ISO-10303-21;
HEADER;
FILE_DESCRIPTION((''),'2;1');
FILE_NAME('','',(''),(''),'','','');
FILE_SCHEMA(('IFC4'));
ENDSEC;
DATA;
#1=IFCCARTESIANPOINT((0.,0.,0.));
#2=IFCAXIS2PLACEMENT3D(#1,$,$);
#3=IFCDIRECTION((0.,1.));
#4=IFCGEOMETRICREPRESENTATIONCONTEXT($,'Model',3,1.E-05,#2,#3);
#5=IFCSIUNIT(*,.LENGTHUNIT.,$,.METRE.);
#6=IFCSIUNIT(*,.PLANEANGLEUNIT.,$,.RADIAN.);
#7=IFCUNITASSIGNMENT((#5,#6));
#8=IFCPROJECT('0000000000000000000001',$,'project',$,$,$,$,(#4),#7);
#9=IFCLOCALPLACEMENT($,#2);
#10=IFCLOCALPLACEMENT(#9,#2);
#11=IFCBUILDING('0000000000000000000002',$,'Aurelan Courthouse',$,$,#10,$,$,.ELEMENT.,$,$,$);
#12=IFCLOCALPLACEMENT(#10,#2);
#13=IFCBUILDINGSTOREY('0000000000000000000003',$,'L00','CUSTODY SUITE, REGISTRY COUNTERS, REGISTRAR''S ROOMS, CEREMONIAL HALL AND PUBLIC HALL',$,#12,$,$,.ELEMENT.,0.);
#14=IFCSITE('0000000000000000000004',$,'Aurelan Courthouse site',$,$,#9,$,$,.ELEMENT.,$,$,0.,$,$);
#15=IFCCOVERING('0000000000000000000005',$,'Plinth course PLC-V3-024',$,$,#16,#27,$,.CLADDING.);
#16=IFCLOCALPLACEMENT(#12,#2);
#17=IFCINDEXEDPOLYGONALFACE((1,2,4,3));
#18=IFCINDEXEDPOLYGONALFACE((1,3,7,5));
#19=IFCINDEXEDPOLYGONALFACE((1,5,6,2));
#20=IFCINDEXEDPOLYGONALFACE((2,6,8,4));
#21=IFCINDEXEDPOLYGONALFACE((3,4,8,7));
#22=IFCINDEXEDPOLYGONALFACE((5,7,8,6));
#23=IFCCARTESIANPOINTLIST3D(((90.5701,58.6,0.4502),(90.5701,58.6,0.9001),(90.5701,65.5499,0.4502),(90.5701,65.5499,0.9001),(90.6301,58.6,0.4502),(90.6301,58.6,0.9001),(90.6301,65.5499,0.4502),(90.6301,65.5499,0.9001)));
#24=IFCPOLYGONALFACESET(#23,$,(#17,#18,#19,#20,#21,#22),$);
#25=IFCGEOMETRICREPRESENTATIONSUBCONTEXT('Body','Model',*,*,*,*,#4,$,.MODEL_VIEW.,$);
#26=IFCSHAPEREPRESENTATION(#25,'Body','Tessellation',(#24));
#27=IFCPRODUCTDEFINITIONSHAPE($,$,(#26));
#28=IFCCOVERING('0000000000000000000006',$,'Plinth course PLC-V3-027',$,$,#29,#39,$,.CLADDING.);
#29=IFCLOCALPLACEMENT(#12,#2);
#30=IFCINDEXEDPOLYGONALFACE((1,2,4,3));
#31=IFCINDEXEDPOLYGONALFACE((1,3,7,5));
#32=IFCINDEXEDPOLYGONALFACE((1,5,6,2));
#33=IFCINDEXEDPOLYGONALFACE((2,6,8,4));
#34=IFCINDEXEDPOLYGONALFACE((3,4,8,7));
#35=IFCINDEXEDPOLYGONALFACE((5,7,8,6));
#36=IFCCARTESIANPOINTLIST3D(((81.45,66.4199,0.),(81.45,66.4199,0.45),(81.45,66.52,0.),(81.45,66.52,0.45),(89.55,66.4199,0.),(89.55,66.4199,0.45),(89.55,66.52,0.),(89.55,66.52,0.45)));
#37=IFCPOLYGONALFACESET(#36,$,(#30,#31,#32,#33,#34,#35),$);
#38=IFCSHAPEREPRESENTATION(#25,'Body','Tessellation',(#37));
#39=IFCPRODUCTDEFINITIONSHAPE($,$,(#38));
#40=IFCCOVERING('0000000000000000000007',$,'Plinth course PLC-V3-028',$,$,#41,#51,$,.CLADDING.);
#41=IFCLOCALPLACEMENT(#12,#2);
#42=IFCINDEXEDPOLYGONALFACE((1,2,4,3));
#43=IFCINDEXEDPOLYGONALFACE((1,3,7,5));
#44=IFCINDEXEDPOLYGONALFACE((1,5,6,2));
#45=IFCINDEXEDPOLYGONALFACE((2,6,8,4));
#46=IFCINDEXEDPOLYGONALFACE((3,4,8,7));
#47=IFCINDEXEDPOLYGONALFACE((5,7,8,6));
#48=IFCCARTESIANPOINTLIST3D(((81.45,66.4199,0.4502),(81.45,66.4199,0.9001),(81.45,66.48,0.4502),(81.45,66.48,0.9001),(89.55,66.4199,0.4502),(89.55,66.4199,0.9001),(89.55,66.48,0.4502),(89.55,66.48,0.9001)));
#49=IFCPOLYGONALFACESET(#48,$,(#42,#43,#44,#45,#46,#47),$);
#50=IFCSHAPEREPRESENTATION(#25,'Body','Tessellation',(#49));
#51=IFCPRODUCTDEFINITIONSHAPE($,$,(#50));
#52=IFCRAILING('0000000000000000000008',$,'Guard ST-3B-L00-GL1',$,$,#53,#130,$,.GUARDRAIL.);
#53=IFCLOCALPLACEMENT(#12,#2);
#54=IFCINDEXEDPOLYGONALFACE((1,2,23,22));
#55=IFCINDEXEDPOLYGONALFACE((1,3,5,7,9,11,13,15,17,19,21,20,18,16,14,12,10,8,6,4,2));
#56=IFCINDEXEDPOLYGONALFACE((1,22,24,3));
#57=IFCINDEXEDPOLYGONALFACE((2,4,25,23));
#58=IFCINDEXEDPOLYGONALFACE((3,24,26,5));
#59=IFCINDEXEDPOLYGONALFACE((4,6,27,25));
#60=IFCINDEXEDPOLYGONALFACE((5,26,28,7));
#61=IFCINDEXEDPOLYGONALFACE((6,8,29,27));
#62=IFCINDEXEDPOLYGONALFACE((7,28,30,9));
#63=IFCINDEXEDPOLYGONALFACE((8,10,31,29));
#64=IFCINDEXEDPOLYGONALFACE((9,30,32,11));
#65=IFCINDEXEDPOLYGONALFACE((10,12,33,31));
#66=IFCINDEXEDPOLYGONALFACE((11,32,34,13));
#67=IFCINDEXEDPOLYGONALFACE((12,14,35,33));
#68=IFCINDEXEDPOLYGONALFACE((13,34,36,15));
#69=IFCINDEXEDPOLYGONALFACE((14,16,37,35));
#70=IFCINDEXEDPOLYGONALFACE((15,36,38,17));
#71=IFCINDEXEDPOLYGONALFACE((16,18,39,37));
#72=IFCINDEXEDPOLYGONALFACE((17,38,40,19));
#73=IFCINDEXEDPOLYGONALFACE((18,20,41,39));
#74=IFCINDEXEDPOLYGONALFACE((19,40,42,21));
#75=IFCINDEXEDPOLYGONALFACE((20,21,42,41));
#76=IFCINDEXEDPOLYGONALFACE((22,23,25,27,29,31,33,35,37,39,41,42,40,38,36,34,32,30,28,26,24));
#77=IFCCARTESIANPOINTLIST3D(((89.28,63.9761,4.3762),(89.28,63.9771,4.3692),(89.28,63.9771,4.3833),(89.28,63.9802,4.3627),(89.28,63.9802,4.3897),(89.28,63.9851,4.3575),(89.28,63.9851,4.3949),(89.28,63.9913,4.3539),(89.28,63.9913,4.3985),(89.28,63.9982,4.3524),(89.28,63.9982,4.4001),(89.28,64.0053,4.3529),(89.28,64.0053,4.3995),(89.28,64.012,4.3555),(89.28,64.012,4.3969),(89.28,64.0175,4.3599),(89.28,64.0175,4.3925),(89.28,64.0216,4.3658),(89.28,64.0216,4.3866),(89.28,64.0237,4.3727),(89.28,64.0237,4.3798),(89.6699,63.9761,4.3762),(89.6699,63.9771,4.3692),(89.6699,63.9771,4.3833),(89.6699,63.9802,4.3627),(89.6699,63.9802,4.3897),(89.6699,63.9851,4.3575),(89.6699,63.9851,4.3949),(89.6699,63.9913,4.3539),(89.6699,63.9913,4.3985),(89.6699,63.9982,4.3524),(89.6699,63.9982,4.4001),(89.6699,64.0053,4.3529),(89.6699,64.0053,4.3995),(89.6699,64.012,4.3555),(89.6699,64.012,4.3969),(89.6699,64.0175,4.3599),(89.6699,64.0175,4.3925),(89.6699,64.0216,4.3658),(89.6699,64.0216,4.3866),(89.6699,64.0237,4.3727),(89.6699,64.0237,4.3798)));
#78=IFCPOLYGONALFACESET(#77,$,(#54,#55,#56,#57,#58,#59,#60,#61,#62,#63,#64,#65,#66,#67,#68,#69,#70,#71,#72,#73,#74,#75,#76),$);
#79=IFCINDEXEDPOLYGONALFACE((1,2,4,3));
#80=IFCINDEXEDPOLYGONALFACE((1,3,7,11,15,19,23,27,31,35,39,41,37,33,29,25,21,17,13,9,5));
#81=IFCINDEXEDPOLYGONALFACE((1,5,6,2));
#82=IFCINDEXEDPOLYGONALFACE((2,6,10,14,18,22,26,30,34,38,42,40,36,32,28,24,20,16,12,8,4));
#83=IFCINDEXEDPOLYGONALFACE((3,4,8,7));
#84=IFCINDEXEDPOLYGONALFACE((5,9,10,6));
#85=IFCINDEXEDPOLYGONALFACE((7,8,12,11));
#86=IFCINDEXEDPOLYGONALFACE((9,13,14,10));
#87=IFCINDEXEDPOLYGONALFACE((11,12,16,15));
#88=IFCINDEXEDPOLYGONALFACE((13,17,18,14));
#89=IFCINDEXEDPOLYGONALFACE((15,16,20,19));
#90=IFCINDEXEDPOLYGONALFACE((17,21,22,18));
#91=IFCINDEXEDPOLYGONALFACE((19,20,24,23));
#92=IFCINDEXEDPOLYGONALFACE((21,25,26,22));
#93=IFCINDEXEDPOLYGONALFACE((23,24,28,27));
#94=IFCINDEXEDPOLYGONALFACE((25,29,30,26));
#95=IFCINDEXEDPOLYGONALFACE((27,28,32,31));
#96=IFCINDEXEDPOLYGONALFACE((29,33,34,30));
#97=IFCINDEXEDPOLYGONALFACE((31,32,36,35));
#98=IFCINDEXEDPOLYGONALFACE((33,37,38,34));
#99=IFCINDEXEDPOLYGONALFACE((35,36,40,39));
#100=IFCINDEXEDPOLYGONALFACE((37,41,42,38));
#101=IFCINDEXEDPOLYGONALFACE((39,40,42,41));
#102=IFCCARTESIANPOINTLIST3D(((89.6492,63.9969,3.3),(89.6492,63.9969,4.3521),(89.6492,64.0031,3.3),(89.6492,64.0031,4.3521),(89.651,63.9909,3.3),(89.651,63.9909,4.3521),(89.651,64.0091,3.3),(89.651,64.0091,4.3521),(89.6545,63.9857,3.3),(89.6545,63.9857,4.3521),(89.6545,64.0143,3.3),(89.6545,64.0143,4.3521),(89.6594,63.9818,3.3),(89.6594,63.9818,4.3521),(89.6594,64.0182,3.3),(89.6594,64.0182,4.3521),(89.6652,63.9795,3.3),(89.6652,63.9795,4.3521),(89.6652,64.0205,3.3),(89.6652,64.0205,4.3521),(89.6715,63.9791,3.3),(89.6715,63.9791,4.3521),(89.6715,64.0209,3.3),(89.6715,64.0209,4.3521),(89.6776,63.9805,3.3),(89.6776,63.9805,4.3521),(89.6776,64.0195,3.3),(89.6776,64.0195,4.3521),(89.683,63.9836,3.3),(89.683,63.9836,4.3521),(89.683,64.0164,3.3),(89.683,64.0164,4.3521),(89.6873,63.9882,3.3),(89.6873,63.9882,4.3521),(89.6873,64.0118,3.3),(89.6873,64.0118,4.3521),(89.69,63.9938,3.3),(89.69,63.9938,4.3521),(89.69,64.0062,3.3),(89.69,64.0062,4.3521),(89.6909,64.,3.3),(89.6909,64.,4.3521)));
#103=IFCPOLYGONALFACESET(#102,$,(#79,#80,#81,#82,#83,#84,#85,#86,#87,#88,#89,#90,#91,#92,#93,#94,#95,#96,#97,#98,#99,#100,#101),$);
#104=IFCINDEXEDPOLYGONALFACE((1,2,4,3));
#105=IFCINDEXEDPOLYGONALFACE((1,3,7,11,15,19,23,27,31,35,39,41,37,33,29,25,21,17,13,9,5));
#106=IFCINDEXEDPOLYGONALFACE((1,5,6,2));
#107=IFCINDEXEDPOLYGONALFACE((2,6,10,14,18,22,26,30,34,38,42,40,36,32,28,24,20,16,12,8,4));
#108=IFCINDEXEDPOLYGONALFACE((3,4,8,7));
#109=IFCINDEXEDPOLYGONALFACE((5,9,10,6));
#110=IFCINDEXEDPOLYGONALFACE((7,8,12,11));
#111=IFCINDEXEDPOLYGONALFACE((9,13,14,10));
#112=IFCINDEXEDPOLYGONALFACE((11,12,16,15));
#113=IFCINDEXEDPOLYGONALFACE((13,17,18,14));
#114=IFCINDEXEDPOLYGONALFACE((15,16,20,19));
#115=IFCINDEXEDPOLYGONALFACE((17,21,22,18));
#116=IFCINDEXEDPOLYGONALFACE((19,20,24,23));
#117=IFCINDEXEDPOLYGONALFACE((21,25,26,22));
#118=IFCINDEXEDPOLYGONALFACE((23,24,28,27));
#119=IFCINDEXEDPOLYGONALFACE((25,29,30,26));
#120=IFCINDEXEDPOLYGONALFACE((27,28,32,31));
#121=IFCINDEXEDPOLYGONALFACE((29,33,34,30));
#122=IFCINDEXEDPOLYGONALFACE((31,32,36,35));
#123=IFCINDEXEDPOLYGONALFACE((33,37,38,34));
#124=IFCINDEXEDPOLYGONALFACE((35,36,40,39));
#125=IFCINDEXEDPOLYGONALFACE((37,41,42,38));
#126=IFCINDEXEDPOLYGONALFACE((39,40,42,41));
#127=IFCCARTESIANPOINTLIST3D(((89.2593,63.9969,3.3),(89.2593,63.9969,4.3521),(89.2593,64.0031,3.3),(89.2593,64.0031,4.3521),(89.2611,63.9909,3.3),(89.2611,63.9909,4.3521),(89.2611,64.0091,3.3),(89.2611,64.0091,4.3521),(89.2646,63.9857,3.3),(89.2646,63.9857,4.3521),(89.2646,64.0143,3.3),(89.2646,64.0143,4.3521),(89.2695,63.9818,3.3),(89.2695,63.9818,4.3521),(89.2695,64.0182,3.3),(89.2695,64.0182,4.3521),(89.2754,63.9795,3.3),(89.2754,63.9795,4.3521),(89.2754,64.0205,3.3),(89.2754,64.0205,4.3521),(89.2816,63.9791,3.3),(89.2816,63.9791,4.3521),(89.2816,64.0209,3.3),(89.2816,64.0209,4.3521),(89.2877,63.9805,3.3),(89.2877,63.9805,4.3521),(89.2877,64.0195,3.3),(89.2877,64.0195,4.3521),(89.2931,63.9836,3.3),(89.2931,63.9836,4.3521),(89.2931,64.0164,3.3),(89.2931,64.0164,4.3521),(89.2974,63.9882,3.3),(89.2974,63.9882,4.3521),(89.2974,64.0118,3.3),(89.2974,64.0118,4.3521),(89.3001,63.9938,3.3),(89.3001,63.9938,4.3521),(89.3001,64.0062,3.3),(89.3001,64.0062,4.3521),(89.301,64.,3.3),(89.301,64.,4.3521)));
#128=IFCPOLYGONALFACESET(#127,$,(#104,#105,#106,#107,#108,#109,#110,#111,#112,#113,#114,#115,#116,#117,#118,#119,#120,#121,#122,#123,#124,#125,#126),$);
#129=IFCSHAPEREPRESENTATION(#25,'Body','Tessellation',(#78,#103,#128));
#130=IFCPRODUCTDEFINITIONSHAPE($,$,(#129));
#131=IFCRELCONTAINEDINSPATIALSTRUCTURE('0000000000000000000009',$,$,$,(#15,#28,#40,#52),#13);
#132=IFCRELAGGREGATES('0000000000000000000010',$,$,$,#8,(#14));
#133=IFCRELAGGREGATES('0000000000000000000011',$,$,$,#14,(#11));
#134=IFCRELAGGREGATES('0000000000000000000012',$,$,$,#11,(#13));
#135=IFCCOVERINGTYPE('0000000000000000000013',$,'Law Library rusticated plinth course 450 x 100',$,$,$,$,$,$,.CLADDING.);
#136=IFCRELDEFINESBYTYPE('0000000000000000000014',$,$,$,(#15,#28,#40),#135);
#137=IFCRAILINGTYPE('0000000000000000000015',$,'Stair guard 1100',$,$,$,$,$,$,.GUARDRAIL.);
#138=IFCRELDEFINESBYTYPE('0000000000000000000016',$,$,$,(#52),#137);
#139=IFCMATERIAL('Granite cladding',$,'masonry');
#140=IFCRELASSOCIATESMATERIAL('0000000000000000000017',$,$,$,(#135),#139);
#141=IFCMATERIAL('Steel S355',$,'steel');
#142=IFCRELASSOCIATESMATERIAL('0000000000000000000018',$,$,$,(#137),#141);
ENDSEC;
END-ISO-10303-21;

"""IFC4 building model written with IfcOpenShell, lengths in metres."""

from ifc_helpers import new_model, si_unit, direction, frame, origin, origin_2d, place, context, subcontext, project, spatial, rectangle, circle, extrude, material, type_object, element, save


model = new_model("IFC4")

# Units and contexts
model_context = context("Model", 3, precision=1e-05, world=origin(), true_north=direction((0.0, 1.0)))
body_context = subcontext(model_context, "Body", "Model", "MODEL_VIEW")
ifc_project = project(units=[si_unit("LENGTHUNIT", "METRE"), si_unit("PLANEANGLEUNIT", "RADIAN")], contexts=[model_context])

# Site, building, storey
site_placement = place(None, origin())
site = spatial("IfcSite", under=ifc_project, at=site_placement, Name="Aurelan Courthouse site", CompositionType="ELEMENT", RefElevation=0.0)
building_placement = place(site_placement, origin())
building = spatial("IfcBuilding", under=site, at=building_placement, Name="Aurelan Courthouse", CompositionType="ELEMENT")
storey_placement = place(building_placement, origin())
storey = spatial("IfcBuildingStorey", under=building, at=storey_placement, Name="L00", Description="CUSTODY SUITE, REGISTRY COUNTERS, REGISTRAR'S ROOMS, CEREMONIAL HALL AND PUBLIC HALL", CompositionType="ELEMENT", Elevation=0.0)

# Shared definitions
ifc_material_1 = material(Name="Granite cladding", Category="masonry")

# Coverings
covering_type_1 = type_object("IfcCoveringType", Name="Law Library rusticated plinth course 450 x 100", PredefinedType="CLADDING", material=ifc_material_1)
covering_1_placement = place(storey_placement, frame((90.6001, 62.075, 0.4502), z_axis=(0.0, 0.0, 1.0), x_axis=(1.0, 0.0, 0.0)))
element("IfcCovering", 1, at=covering_1_placement, inside=storey, type_object=covering_type_1, Name="Plinth course PLC-V3-024", PredefinedType="CLADDING", context=body_context, shape_type="SweptSolid", body=[
    extrude(rectangle(XDim=0.0601, YDim=6.95, at=origin_2d()), origin(), (0.0, 0.0, 1.0), 0.45),
])
covering_2_placement = place(storey_placement, frame((85.5, 66.47, 0.0), z_axis=(0.0, 0.0, 1.0), x_axis=(1.0, 0.0, 0.0)))
element("IfcCovering", 2, at=covering_2_placement, inside=storey, type_object=covering_type_1, Name="Plinth course PLC-V3-027", PredefinedType="CLADDING", context=body_context, shape_type="SweptSolid", body=[
    extrude(rectangle(XDim=8.1001, YDim=0.1001, at=origin_2d()), origin(), (0.0, 0.0, 1.0), 0.45),
])
covering_3_placement = place(storey_placement, frame((85.5, 66.45, 0.4502), z_axis=(0.0, 0.0, 1.0), x_axis=(1.0, 0.0, 0.0)))
element("IfcCovering", 3, at=covering_3_placement, inside=storey, type_object=covering_type_1, Name="Plinth course PLC-V3-028", PredefinedType="CLADDING", context=body_context, shape_type="SweptSolid", body=[
    extrude(rectangle(XDim=8.1001, YDim=0.0601, at=origin_2d()), origin(), (0.0, 0.0, 1.0), 0.45),
])

# Railing
ifc_material_2 = material(Name="Steel S355", Category="steel")
railing_type_1 = type_object("IfcRailingType", Name="Stair guard 1100", PredefinedType="GUARDRAIL", material=ifc_material_2)
railing_placement = place(storey_placement, frame((89.6699, 64.0, 3.3)))
element("IfcRailing", 4, at=railing_placement, inside=storey, type_object=railing_type_1, Name="Guard ST-3B-L00-GL1", PredefinedType="GUARDRAIL", context=body_context, shape_type="SweptSolid", body=[
    extrude(circle(Radius=0.0239, at=origin_2d()), frame((0.0, 0.0, 1.0762), z_axis=(-1.0, 0.0, 0.0), x_axis=(0.0, -1.0, 0.0)), (0.0, 0.0, 1.0), 0.3899),
    extrude(circle(Radius=0.021, at=origin_2d()), origin(), (0.0, 0.0, 1.0), 1.052),
    extrude(circle(Radius=0.021, at=origin_2d()), frame((-0.3899, 0.0, 0.0)), (0.0, 0.0, 1.0), 1.052),
])

save(model, "model.ifc")
